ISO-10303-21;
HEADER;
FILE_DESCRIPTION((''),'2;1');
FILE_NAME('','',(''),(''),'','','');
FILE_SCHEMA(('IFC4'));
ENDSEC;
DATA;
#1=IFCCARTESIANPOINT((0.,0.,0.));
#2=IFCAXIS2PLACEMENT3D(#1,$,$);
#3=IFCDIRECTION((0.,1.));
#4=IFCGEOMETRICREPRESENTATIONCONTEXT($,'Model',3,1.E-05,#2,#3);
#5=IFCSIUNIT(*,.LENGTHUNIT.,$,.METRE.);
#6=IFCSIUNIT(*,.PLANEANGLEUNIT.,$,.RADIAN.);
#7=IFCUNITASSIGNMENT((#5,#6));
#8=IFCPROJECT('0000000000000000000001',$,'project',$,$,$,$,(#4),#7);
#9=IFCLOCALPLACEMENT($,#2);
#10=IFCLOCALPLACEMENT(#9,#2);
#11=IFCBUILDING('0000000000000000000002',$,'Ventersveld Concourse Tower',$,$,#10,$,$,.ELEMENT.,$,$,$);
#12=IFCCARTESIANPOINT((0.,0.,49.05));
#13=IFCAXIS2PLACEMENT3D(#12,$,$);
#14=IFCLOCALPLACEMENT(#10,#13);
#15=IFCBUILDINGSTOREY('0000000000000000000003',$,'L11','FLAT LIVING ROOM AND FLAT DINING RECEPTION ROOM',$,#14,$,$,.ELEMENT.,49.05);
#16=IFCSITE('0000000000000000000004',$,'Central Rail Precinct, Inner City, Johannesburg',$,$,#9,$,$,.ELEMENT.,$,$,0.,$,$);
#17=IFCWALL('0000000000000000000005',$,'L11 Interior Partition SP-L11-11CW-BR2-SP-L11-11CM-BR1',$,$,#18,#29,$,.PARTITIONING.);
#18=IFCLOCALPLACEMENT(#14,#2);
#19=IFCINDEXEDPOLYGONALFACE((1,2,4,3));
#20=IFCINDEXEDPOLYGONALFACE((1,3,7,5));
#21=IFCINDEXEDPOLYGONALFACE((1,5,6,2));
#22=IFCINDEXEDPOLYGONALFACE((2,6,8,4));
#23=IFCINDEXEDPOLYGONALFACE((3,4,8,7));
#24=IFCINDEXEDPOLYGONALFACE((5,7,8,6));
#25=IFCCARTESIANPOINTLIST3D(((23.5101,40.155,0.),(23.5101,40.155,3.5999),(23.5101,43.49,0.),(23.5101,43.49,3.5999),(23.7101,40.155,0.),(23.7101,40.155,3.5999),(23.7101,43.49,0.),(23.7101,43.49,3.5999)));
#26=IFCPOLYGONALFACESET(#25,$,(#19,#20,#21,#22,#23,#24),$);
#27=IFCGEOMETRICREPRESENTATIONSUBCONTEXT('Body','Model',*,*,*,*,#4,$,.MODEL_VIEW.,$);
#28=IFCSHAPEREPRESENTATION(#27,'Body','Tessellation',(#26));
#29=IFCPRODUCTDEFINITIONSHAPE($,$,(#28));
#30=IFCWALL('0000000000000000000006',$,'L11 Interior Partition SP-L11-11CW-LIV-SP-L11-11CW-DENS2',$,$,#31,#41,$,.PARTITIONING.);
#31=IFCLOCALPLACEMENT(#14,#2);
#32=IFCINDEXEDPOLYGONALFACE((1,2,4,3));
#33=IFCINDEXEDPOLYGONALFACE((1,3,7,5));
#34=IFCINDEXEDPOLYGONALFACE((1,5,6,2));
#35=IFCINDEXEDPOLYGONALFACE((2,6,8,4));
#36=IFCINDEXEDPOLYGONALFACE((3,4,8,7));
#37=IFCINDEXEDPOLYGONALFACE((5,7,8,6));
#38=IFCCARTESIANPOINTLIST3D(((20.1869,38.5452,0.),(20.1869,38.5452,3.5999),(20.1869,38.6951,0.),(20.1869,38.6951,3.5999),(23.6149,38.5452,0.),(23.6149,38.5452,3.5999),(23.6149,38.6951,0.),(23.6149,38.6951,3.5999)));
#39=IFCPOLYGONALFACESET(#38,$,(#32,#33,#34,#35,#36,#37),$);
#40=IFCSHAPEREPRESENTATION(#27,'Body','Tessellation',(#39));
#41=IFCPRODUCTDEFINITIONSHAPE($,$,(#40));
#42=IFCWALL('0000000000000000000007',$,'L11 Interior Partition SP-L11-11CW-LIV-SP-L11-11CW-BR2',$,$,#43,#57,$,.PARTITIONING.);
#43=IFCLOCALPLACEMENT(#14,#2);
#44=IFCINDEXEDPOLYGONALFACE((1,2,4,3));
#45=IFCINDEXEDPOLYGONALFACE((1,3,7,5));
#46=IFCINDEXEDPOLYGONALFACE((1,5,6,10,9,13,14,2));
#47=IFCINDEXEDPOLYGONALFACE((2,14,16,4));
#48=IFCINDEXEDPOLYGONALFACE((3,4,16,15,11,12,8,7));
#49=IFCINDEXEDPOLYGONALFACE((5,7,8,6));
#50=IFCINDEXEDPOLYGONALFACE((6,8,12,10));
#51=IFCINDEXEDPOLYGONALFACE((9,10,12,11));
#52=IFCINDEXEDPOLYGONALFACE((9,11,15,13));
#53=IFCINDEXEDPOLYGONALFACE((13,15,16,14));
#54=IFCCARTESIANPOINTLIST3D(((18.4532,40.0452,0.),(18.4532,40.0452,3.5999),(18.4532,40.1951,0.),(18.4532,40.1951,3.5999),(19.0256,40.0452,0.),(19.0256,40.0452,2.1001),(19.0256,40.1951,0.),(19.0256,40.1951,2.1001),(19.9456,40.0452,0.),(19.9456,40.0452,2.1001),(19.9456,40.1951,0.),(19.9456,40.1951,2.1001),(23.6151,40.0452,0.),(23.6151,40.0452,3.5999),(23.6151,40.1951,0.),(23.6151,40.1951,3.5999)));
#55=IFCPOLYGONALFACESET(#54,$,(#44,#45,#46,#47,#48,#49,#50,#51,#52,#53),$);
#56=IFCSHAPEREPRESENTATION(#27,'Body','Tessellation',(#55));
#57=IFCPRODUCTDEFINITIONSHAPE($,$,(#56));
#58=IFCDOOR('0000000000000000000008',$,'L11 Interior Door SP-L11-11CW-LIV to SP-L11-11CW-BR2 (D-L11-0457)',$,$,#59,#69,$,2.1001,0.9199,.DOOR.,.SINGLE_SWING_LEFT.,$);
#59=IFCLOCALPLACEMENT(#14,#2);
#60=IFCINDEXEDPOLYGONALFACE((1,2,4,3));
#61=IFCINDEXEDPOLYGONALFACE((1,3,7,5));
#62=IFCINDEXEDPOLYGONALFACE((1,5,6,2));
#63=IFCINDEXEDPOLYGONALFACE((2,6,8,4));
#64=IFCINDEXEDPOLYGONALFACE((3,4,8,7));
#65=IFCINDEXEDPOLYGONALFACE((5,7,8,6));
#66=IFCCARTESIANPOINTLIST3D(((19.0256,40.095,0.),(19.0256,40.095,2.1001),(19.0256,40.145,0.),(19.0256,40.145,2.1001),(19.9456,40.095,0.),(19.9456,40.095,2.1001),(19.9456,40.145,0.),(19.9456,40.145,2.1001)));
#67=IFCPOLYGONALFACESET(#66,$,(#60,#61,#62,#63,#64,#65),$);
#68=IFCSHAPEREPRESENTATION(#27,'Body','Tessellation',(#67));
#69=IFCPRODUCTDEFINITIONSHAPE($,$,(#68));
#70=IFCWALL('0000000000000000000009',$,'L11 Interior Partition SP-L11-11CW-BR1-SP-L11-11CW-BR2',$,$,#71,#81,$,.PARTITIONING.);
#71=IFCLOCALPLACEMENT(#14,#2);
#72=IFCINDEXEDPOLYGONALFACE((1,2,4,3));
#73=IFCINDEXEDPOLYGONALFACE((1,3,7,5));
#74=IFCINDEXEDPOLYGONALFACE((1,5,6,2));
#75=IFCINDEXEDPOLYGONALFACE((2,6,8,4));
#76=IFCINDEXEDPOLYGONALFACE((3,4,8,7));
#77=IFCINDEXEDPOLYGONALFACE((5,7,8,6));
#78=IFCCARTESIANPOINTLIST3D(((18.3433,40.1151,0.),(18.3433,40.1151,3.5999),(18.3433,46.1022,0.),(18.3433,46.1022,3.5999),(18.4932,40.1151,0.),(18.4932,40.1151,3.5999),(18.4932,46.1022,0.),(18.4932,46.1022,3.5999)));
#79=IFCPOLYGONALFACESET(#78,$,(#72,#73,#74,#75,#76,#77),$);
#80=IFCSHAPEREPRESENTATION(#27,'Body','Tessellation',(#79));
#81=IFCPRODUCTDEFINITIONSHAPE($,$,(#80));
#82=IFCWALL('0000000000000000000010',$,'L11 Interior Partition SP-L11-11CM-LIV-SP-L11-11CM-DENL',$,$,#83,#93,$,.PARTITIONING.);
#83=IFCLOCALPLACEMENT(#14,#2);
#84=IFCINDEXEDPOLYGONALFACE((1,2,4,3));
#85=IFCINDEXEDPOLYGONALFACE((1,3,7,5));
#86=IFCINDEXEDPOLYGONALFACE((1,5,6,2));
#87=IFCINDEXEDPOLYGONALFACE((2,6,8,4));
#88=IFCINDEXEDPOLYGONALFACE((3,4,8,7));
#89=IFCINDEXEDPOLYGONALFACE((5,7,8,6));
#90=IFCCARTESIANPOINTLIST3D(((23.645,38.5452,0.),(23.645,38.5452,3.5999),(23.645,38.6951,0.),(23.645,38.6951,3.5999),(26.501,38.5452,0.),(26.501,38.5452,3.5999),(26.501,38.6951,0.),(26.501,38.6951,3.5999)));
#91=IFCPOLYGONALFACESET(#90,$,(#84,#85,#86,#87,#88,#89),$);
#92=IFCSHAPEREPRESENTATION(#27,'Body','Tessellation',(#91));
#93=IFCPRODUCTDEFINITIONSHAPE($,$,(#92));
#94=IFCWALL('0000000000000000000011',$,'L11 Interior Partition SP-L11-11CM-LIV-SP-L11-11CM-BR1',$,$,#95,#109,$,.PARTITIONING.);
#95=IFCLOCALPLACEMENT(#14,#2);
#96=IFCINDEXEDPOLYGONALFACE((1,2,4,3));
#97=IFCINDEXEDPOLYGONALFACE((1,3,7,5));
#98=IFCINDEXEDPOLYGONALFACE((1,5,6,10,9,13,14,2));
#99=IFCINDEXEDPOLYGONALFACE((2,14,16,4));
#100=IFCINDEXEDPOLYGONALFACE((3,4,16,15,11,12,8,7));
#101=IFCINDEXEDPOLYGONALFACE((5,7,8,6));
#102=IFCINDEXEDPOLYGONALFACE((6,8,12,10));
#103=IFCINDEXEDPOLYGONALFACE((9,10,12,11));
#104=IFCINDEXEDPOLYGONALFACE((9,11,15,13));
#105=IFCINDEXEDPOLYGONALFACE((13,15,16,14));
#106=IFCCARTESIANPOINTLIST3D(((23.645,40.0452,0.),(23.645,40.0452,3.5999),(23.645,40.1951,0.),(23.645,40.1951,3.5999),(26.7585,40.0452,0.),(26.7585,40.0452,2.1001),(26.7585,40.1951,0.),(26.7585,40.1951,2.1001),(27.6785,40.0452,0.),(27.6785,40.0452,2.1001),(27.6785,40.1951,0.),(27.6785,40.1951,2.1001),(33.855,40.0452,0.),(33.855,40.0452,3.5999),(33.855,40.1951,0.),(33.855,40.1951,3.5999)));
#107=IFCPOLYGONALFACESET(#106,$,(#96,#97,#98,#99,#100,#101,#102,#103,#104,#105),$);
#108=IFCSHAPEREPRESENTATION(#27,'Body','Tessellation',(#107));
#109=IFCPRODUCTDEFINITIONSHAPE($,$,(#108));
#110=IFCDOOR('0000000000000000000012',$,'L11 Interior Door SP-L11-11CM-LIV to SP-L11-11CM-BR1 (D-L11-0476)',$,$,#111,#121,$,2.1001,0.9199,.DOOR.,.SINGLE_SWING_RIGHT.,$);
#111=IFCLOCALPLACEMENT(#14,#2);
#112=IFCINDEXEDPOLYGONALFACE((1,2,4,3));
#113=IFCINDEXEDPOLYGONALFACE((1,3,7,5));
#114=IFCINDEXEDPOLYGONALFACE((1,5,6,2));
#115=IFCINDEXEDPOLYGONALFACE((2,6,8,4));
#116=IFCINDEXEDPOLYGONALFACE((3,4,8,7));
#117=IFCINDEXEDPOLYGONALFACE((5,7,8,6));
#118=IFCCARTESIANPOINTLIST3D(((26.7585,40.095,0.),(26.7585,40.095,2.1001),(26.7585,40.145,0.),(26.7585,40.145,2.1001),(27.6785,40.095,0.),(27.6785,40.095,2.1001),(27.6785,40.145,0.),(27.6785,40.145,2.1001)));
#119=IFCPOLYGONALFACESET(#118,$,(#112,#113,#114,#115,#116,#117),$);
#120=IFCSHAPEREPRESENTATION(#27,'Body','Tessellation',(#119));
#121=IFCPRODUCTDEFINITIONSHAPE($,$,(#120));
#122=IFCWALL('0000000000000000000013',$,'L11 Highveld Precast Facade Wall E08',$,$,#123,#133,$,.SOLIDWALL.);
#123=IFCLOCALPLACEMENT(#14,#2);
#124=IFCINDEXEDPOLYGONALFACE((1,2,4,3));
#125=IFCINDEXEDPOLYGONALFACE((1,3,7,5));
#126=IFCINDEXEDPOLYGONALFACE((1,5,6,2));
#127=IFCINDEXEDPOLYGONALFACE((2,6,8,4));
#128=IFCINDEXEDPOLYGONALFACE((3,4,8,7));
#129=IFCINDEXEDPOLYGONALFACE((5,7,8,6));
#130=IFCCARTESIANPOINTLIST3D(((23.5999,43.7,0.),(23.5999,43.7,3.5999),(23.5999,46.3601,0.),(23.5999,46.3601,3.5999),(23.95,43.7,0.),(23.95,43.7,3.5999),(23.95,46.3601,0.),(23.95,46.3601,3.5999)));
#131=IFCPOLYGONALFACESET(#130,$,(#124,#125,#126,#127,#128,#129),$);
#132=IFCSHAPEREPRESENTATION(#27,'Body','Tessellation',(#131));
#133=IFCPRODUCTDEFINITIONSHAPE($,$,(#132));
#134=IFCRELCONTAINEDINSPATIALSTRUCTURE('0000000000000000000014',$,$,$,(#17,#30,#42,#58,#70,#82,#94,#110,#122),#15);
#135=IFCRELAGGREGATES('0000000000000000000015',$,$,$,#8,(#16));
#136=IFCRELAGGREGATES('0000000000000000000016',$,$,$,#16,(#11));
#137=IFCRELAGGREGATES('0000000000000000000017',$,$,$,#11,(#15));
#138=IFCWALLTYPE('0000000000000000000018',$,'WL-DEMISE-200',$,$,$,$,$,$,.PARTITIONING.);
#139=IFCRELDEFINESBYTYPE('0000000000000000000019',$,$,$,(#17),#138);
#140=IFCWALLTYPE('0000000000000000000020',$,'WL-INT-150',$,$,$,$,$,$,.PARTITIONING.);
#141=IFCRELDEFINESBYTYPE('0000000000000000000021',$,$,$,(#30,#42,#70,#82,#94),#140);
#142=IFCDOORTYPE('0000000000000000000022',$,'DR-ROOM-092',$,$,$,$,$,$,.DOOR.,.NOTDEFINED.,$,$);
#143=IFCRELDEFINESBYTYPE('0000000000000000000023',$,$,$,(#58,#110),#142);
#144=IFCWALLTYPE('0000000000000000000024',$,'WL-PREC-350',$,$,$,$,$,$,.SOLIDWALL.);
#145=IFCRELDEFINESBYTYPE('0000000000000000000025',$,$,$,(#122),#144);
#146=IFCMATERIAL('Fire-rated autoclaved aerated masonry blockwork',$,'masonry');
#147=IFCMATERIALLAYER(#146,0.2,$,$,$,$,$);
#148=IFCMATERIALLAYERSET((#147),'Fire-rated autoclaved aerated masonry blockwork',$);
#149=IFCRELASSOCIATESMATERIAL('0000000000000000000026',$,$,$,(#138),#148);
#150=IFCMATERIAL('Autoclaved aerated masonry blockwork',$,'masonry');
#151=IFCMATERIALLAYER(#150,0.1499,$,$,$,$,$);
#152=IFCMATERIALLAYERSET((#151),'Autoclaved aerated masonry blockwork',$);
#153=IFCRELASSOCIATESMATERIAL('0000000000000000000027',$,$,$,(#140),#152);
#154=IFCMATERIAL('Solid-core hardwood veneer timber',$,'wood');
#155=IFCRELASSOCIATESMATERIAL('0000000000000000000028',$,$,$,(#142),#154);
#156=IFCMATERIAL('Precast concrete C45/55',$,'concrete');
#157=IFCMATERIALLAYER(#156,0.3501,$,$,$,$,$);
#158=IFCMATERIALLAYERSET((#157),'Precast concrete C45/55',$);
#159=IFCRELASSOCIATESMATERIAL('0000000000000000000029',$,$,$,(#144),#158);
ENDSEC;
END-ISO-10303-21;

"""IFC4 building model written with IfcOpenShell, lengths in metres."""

from ifc_helpers import new_model, si_unit, direction, frame, frame_2d, origin, place, context, subcontext, project, spatial, rectangle, extrude, material, layer, layer_set, type_object, element, fill, save


model = new_model("IFC4")

# Units and contexts
model_context = context("Model", 3, precision=1e-05, world=origin(), true_north=direction((0.0, 1.0)))
body_context = subcontext(model_context, "Body", "Model", "MODEL_VIEW")
ifc_project = project(units=[si_unit("LENGTHUNIT", "METRE"), si_unit("PLANEANGLEUNIT", "RADIAN")], contexts=[model_context])

# Site, building, storey
site_placement = place(None, origin())
site = spatial("IfcSite", under=ifc_project, at=site_placement, Name="Central Rail Precinct, Inner City, Johannesburg", CompositionType="ELEMENT", RefElevation=0.0)
building_placement = place(site_placement, origin())
building = spatial("IfcBuilding", under=site, at=building_placement, Name="Ventersveld Concourse Tower", CompositionType="ELEMENT")
storey_placement = place(building_placement, frame((0.0, 0.0, 49.05)))
storey = spatial("IfcBuildingStorey", under=building, at=storey_placement, Name="L11", Description="FLAT LIVING ROOM AND FLAT DINING RECEPTION ROOM", CompositionType="ELEMENT", Elevation=49.05)

# Walls
ifc_material_1 = material(Name="Fire-rated autoclaved aerated masonry blockwork", Category="masonry")
ifc_layer_1 = layer(ifc_material_1, 0.2)
ifc_layer_set_1 = layer_set([ifc_layer_1], Name="Fire-rated autoclaved aerated masonry blockwork")
wall_type_1 = type_object("IfcWallType", Name="WL-DEMISE-200", PredefinedType="PARTITIONING", material=ifc_layer_set_1)
wall_1_placement = place(storey_placement, frame((23.6101, 40.155, 0.0), z_axis=(0.0, 0.0, 1.0), x_axis=(0.0, 1.0, 0.0)))
element("IfcWall", 1, at=wall_1_placement, inside=storey, type_object=wall_type_1, Name="L11 Interior Partition SP-L11-11CW-BR2-SP-L11-11CM-BR1", PredefinedType="PARTITIONING", context=body_context, shape_type="SweptSolid", body=[
    extrude(rectangle(XDim=3.335, YDim=0.2, at=frame_2d((1.6675, 0.0))), origin(), (0.0, 0.0, 1.0), 3.5999),
])
ifc_material_2 = material(Name="Autoclaved aerated masonry blockwork", Category="masonry")
ifc_layer_2 = layer(ifc_material_2, 0.1499)
ifc_layer_set_2 = layer_set([ifc_layer_2], Name="Autoclaved aerated masonry blockwork")
wall_type_2 = type_object("IfcWallType", Name="WL-INT-150", PredefinedType="PARTITIONING", material=ifc_layer_set_2)
wall_2_placement = place(storey_placement, frame((20.187, 38.6201, 0.0), z_axis=(0.0, 0.0, 1.0), x_axis=(1.0, 0.0, 0.0)))
element("IfcWall", 2, at=wall_2_placement, inside=storey, type_object=wall_type_2, Name="L11 Interior Partition SP-L11-11CW-LIV-SP-L11-11CW-DENS2", PredefinedType="PARTITIONING", context=body_context, shape_type="SweptSolid", body=[
    extrude(rectangle(XDim=3.428, YDim=0.1499, at=frame_2d((1.7139, 0.0))), origin(), (0.0, 0.0, 1.0), 3.5999),
])

# Wall, opening, door
wall_3_placement = place(storey_placement, frame((18.4531, 40.1201, 0.0), z_axis=(0.0, 0.0, 1.0), x_axis=(1.0, 0.0, 0.0)))
wall_3 = element("IfcWall", 3, at=wall_3_placement, inside=storey, type_object=wall_type_2, Name="L11 Interior Partition SP-L11-11CW-LIV-SP-L11-11CW-BR2", PredefinedType="PARTITIONING", context=body_context, shape_type="SweptSolid", body=[
    extrude(rectangle(XDim=5.1619, YDim=0.1499, at=frame_2d((2.5811, 0.0))), origin(), (0.0, 0.0, 1.0), 3.5999),
])
opening_1_placement = place(wall_3_placement, frame((0.5725, 0.0, 0.0)))
opening_1 = element("IfcOpeningElement", 4, at=opening_1_placement, cuts=wall_3, PredefinedType="OPENING", context=body_context, shape_type="SweptSolid", body=[
    extrude(rectangle(XDim=0.9199, YDim=2.1001, at=frame_2d((0.46, 1.05))), frame((0.0, 0.085, 0.0), z_axis=(0.0, -1.0, 0.0), x_axis=(1.0, 0.0, 0.0)), (0.0, 0.0, 1.0), 0.1699),
])
ifc_material_3 = material(Name="Solid-core hardwood veneer timber", Category="wood")
door_type = type_object("IfcDoorType", Name="DR-ROOM-092", OperationType="NOTDEFINED", PredefinedType="DOOR", material=ifc_material_3)
door_1_placement = place(opening_1_placement, origin())
door_1 = element("IfcDoor", 5, at=door_1_placement, inside=storey, type_object=door_type, Name="L11 Interior Door SP-L11-11CW-LIV to SP-L11-11CW-BR2 (D-L11-0457)", OperationType="SINGLE_SWING_LEFT", OverallHeight=2.1001, OverallWidth=0.9199, PredefinedType="DOOR", context=body_context, shape_type="SweptSolid", body=[
    extrude(rectangle(XDim=0.9199, YDim=2.1001, at=frame_2d((0.46, 1.05))), frame((0.0, 0.0249, 0.0), z_axis=(0.0, -1.0, 0.0), x_axis=(1.0, 0.0, 0.0)), (0.0, 0.0, 1.0), 0.05),
])
fill(opening_1, door_1)

# Walls
wall_4_placement = place(storey_placement, frame((18.4182, 40.115, 0.0), z_axis=(0.0, 0.0, 1.0), x_axis=(0.0, 1.0, 0.0)))
element("IfcWall", 6, at=wall_4_placement, inside=storey, type_object=wall_type_2, Name="L11 Interior Partition SP-L11-11CW-BR1-SP-L11-11CW-BR2", PredefinedType="PARTITIONING", context=body_context, shape_type="SweptSolid", body=[
    extrude(rectangle(XDim=5.9871, YDim=0.1499, at=frame_2d((2.9937, 0.0))), origin(), (0.0, 0.0, 1.0), 3.5999),
])
wall_5_placement = place(storey_placement, frame((23.645, 38.6201, 0.0), z_axis=(0.0, 0.0, 1.0), x_axis=(1.0, 0.0, 0.0)))
element("IfcWall", 7, at=wall_5_placement, inside=storey, type_object=wall_type_2, Name="L11 Interior Partition SP-L11-11CM-LIV-SP-L11-11CM-DENL", PredefinedType="PARTITIONING", context=body_context, shape_type="SweptSolid", body=[
    extrude(rectangle(XDim=2.856, YDim=0.1499, at=frame_2d((1.428, 0.0))), origin(), (0.0, 0.0, 1.0), 3.5999),
])

# Wall, opening, door
wall_6_placement = place(storey_placement, frame((23.645, 40.1201, 0.0), z_axis=(0.0, 0.0, 1.0), x_axis=(1.0, 0.0, 0.0)))
wall_6 = element("IfcWall", 8, at=wall_6_placement, inside=storey, type_object=wall_type_2, Name="L11 Interior Partition SP-L11-11CM-LIV-SP-L11-11CM-BR1", PredefinedType="PARTITIONING", context=body_context, shape_type="SweptSolid", body=[
    extrude(rectangle(XDim=10.21, YDim=0.1499, at=frame_2d((5.105, 0.0))), origin(), (0.0, 0.0, 1.0), 3.5999),
])
opening_2_placement = place(wall_6_placement, frame((3.1135, 0.0, 0.0)))
opening_2 = element("IfcOpeningElement", 9, at=opening_2_placement, cuts=wall_6, PredefinedType="OPENING", context=body_context, shape_type="SweptSolid", body=[
    extrude(rectangle(XDim=0.9199, YDim=2.1001, at=frame_2d((0.46, 1.05))), frame((0.0, 0.085, 0.0), z_axis=(0.0, -1.0, 0.0), x_axis=(1.0, 0.0, 0.0)), (0.0, 0.0, 1.0), 0.1699),
])
door_2_placement = place(opening_2_placement, origin())
door_2 = element("IfcDoor", 10, at=door_2_placement, inside=storey, type_object=door_type, Name="L11 Interior Door SP-L11-11CM-LIV to SP-L11-11CM-BR1 (D-L11-0476)", OperationType="SINGLE_SWING_RIGHT", OverallHeight=2.1001, OverallWidth=0.9199, PredefinedType="DOOR", context=body_context, shape_type="SweptSolid", body=[
    extrude(rectangle(XDim=0.9199, YDim=2.1001, at=frame_2d((0.46, 1.05))), frame((0.0, 0.0249, 0.0), z_axis=(0.0, -1.0, 0.0), x_axis=(1.0, 0.0, 0.0)), (0.0, 0.0, 1.0), 0.05),
])
fill(opening_2, door_2)

# Wall
ifc_material_4 = material(Name="Precast concrete C45/55", Category="concrete")
ifc_layer_3 = layer(ifc_material_4, 0.3501)
ifc_layer_set_3 = layer_set([ifc_layer_3], Name="Precast concrete C45/55")
wall_type_3 = type_object("IfcWallType", Name="WL-PREC-350", PredefinedType="SOLIDWALL", material=ifc_layer_set_3)
wall_7_placement = place(storey_placement, frame((23.7749, 43.7, 0.0), z_axis=(0.0, 0.0, 1.0), x_axis=(0.0, 1.0, 0.0)))
element("IfcWall", 11, at=wall_7_placement, inside=storey, type_object=wall_type_3, Name="L11 Highveld Precast Facade Wall E08", PredefinedType="SOLIDWALL", context=body_context, shape_type="SweptSolid", body=[
    extrude(rectangle(XDim=2.6602, YDim=0.3501, at=frame_2d((1.3301, 0.0))), origin(), (0.0, 0.0, 1.0), 3.5999),
])

save(model, "model.ifc")
